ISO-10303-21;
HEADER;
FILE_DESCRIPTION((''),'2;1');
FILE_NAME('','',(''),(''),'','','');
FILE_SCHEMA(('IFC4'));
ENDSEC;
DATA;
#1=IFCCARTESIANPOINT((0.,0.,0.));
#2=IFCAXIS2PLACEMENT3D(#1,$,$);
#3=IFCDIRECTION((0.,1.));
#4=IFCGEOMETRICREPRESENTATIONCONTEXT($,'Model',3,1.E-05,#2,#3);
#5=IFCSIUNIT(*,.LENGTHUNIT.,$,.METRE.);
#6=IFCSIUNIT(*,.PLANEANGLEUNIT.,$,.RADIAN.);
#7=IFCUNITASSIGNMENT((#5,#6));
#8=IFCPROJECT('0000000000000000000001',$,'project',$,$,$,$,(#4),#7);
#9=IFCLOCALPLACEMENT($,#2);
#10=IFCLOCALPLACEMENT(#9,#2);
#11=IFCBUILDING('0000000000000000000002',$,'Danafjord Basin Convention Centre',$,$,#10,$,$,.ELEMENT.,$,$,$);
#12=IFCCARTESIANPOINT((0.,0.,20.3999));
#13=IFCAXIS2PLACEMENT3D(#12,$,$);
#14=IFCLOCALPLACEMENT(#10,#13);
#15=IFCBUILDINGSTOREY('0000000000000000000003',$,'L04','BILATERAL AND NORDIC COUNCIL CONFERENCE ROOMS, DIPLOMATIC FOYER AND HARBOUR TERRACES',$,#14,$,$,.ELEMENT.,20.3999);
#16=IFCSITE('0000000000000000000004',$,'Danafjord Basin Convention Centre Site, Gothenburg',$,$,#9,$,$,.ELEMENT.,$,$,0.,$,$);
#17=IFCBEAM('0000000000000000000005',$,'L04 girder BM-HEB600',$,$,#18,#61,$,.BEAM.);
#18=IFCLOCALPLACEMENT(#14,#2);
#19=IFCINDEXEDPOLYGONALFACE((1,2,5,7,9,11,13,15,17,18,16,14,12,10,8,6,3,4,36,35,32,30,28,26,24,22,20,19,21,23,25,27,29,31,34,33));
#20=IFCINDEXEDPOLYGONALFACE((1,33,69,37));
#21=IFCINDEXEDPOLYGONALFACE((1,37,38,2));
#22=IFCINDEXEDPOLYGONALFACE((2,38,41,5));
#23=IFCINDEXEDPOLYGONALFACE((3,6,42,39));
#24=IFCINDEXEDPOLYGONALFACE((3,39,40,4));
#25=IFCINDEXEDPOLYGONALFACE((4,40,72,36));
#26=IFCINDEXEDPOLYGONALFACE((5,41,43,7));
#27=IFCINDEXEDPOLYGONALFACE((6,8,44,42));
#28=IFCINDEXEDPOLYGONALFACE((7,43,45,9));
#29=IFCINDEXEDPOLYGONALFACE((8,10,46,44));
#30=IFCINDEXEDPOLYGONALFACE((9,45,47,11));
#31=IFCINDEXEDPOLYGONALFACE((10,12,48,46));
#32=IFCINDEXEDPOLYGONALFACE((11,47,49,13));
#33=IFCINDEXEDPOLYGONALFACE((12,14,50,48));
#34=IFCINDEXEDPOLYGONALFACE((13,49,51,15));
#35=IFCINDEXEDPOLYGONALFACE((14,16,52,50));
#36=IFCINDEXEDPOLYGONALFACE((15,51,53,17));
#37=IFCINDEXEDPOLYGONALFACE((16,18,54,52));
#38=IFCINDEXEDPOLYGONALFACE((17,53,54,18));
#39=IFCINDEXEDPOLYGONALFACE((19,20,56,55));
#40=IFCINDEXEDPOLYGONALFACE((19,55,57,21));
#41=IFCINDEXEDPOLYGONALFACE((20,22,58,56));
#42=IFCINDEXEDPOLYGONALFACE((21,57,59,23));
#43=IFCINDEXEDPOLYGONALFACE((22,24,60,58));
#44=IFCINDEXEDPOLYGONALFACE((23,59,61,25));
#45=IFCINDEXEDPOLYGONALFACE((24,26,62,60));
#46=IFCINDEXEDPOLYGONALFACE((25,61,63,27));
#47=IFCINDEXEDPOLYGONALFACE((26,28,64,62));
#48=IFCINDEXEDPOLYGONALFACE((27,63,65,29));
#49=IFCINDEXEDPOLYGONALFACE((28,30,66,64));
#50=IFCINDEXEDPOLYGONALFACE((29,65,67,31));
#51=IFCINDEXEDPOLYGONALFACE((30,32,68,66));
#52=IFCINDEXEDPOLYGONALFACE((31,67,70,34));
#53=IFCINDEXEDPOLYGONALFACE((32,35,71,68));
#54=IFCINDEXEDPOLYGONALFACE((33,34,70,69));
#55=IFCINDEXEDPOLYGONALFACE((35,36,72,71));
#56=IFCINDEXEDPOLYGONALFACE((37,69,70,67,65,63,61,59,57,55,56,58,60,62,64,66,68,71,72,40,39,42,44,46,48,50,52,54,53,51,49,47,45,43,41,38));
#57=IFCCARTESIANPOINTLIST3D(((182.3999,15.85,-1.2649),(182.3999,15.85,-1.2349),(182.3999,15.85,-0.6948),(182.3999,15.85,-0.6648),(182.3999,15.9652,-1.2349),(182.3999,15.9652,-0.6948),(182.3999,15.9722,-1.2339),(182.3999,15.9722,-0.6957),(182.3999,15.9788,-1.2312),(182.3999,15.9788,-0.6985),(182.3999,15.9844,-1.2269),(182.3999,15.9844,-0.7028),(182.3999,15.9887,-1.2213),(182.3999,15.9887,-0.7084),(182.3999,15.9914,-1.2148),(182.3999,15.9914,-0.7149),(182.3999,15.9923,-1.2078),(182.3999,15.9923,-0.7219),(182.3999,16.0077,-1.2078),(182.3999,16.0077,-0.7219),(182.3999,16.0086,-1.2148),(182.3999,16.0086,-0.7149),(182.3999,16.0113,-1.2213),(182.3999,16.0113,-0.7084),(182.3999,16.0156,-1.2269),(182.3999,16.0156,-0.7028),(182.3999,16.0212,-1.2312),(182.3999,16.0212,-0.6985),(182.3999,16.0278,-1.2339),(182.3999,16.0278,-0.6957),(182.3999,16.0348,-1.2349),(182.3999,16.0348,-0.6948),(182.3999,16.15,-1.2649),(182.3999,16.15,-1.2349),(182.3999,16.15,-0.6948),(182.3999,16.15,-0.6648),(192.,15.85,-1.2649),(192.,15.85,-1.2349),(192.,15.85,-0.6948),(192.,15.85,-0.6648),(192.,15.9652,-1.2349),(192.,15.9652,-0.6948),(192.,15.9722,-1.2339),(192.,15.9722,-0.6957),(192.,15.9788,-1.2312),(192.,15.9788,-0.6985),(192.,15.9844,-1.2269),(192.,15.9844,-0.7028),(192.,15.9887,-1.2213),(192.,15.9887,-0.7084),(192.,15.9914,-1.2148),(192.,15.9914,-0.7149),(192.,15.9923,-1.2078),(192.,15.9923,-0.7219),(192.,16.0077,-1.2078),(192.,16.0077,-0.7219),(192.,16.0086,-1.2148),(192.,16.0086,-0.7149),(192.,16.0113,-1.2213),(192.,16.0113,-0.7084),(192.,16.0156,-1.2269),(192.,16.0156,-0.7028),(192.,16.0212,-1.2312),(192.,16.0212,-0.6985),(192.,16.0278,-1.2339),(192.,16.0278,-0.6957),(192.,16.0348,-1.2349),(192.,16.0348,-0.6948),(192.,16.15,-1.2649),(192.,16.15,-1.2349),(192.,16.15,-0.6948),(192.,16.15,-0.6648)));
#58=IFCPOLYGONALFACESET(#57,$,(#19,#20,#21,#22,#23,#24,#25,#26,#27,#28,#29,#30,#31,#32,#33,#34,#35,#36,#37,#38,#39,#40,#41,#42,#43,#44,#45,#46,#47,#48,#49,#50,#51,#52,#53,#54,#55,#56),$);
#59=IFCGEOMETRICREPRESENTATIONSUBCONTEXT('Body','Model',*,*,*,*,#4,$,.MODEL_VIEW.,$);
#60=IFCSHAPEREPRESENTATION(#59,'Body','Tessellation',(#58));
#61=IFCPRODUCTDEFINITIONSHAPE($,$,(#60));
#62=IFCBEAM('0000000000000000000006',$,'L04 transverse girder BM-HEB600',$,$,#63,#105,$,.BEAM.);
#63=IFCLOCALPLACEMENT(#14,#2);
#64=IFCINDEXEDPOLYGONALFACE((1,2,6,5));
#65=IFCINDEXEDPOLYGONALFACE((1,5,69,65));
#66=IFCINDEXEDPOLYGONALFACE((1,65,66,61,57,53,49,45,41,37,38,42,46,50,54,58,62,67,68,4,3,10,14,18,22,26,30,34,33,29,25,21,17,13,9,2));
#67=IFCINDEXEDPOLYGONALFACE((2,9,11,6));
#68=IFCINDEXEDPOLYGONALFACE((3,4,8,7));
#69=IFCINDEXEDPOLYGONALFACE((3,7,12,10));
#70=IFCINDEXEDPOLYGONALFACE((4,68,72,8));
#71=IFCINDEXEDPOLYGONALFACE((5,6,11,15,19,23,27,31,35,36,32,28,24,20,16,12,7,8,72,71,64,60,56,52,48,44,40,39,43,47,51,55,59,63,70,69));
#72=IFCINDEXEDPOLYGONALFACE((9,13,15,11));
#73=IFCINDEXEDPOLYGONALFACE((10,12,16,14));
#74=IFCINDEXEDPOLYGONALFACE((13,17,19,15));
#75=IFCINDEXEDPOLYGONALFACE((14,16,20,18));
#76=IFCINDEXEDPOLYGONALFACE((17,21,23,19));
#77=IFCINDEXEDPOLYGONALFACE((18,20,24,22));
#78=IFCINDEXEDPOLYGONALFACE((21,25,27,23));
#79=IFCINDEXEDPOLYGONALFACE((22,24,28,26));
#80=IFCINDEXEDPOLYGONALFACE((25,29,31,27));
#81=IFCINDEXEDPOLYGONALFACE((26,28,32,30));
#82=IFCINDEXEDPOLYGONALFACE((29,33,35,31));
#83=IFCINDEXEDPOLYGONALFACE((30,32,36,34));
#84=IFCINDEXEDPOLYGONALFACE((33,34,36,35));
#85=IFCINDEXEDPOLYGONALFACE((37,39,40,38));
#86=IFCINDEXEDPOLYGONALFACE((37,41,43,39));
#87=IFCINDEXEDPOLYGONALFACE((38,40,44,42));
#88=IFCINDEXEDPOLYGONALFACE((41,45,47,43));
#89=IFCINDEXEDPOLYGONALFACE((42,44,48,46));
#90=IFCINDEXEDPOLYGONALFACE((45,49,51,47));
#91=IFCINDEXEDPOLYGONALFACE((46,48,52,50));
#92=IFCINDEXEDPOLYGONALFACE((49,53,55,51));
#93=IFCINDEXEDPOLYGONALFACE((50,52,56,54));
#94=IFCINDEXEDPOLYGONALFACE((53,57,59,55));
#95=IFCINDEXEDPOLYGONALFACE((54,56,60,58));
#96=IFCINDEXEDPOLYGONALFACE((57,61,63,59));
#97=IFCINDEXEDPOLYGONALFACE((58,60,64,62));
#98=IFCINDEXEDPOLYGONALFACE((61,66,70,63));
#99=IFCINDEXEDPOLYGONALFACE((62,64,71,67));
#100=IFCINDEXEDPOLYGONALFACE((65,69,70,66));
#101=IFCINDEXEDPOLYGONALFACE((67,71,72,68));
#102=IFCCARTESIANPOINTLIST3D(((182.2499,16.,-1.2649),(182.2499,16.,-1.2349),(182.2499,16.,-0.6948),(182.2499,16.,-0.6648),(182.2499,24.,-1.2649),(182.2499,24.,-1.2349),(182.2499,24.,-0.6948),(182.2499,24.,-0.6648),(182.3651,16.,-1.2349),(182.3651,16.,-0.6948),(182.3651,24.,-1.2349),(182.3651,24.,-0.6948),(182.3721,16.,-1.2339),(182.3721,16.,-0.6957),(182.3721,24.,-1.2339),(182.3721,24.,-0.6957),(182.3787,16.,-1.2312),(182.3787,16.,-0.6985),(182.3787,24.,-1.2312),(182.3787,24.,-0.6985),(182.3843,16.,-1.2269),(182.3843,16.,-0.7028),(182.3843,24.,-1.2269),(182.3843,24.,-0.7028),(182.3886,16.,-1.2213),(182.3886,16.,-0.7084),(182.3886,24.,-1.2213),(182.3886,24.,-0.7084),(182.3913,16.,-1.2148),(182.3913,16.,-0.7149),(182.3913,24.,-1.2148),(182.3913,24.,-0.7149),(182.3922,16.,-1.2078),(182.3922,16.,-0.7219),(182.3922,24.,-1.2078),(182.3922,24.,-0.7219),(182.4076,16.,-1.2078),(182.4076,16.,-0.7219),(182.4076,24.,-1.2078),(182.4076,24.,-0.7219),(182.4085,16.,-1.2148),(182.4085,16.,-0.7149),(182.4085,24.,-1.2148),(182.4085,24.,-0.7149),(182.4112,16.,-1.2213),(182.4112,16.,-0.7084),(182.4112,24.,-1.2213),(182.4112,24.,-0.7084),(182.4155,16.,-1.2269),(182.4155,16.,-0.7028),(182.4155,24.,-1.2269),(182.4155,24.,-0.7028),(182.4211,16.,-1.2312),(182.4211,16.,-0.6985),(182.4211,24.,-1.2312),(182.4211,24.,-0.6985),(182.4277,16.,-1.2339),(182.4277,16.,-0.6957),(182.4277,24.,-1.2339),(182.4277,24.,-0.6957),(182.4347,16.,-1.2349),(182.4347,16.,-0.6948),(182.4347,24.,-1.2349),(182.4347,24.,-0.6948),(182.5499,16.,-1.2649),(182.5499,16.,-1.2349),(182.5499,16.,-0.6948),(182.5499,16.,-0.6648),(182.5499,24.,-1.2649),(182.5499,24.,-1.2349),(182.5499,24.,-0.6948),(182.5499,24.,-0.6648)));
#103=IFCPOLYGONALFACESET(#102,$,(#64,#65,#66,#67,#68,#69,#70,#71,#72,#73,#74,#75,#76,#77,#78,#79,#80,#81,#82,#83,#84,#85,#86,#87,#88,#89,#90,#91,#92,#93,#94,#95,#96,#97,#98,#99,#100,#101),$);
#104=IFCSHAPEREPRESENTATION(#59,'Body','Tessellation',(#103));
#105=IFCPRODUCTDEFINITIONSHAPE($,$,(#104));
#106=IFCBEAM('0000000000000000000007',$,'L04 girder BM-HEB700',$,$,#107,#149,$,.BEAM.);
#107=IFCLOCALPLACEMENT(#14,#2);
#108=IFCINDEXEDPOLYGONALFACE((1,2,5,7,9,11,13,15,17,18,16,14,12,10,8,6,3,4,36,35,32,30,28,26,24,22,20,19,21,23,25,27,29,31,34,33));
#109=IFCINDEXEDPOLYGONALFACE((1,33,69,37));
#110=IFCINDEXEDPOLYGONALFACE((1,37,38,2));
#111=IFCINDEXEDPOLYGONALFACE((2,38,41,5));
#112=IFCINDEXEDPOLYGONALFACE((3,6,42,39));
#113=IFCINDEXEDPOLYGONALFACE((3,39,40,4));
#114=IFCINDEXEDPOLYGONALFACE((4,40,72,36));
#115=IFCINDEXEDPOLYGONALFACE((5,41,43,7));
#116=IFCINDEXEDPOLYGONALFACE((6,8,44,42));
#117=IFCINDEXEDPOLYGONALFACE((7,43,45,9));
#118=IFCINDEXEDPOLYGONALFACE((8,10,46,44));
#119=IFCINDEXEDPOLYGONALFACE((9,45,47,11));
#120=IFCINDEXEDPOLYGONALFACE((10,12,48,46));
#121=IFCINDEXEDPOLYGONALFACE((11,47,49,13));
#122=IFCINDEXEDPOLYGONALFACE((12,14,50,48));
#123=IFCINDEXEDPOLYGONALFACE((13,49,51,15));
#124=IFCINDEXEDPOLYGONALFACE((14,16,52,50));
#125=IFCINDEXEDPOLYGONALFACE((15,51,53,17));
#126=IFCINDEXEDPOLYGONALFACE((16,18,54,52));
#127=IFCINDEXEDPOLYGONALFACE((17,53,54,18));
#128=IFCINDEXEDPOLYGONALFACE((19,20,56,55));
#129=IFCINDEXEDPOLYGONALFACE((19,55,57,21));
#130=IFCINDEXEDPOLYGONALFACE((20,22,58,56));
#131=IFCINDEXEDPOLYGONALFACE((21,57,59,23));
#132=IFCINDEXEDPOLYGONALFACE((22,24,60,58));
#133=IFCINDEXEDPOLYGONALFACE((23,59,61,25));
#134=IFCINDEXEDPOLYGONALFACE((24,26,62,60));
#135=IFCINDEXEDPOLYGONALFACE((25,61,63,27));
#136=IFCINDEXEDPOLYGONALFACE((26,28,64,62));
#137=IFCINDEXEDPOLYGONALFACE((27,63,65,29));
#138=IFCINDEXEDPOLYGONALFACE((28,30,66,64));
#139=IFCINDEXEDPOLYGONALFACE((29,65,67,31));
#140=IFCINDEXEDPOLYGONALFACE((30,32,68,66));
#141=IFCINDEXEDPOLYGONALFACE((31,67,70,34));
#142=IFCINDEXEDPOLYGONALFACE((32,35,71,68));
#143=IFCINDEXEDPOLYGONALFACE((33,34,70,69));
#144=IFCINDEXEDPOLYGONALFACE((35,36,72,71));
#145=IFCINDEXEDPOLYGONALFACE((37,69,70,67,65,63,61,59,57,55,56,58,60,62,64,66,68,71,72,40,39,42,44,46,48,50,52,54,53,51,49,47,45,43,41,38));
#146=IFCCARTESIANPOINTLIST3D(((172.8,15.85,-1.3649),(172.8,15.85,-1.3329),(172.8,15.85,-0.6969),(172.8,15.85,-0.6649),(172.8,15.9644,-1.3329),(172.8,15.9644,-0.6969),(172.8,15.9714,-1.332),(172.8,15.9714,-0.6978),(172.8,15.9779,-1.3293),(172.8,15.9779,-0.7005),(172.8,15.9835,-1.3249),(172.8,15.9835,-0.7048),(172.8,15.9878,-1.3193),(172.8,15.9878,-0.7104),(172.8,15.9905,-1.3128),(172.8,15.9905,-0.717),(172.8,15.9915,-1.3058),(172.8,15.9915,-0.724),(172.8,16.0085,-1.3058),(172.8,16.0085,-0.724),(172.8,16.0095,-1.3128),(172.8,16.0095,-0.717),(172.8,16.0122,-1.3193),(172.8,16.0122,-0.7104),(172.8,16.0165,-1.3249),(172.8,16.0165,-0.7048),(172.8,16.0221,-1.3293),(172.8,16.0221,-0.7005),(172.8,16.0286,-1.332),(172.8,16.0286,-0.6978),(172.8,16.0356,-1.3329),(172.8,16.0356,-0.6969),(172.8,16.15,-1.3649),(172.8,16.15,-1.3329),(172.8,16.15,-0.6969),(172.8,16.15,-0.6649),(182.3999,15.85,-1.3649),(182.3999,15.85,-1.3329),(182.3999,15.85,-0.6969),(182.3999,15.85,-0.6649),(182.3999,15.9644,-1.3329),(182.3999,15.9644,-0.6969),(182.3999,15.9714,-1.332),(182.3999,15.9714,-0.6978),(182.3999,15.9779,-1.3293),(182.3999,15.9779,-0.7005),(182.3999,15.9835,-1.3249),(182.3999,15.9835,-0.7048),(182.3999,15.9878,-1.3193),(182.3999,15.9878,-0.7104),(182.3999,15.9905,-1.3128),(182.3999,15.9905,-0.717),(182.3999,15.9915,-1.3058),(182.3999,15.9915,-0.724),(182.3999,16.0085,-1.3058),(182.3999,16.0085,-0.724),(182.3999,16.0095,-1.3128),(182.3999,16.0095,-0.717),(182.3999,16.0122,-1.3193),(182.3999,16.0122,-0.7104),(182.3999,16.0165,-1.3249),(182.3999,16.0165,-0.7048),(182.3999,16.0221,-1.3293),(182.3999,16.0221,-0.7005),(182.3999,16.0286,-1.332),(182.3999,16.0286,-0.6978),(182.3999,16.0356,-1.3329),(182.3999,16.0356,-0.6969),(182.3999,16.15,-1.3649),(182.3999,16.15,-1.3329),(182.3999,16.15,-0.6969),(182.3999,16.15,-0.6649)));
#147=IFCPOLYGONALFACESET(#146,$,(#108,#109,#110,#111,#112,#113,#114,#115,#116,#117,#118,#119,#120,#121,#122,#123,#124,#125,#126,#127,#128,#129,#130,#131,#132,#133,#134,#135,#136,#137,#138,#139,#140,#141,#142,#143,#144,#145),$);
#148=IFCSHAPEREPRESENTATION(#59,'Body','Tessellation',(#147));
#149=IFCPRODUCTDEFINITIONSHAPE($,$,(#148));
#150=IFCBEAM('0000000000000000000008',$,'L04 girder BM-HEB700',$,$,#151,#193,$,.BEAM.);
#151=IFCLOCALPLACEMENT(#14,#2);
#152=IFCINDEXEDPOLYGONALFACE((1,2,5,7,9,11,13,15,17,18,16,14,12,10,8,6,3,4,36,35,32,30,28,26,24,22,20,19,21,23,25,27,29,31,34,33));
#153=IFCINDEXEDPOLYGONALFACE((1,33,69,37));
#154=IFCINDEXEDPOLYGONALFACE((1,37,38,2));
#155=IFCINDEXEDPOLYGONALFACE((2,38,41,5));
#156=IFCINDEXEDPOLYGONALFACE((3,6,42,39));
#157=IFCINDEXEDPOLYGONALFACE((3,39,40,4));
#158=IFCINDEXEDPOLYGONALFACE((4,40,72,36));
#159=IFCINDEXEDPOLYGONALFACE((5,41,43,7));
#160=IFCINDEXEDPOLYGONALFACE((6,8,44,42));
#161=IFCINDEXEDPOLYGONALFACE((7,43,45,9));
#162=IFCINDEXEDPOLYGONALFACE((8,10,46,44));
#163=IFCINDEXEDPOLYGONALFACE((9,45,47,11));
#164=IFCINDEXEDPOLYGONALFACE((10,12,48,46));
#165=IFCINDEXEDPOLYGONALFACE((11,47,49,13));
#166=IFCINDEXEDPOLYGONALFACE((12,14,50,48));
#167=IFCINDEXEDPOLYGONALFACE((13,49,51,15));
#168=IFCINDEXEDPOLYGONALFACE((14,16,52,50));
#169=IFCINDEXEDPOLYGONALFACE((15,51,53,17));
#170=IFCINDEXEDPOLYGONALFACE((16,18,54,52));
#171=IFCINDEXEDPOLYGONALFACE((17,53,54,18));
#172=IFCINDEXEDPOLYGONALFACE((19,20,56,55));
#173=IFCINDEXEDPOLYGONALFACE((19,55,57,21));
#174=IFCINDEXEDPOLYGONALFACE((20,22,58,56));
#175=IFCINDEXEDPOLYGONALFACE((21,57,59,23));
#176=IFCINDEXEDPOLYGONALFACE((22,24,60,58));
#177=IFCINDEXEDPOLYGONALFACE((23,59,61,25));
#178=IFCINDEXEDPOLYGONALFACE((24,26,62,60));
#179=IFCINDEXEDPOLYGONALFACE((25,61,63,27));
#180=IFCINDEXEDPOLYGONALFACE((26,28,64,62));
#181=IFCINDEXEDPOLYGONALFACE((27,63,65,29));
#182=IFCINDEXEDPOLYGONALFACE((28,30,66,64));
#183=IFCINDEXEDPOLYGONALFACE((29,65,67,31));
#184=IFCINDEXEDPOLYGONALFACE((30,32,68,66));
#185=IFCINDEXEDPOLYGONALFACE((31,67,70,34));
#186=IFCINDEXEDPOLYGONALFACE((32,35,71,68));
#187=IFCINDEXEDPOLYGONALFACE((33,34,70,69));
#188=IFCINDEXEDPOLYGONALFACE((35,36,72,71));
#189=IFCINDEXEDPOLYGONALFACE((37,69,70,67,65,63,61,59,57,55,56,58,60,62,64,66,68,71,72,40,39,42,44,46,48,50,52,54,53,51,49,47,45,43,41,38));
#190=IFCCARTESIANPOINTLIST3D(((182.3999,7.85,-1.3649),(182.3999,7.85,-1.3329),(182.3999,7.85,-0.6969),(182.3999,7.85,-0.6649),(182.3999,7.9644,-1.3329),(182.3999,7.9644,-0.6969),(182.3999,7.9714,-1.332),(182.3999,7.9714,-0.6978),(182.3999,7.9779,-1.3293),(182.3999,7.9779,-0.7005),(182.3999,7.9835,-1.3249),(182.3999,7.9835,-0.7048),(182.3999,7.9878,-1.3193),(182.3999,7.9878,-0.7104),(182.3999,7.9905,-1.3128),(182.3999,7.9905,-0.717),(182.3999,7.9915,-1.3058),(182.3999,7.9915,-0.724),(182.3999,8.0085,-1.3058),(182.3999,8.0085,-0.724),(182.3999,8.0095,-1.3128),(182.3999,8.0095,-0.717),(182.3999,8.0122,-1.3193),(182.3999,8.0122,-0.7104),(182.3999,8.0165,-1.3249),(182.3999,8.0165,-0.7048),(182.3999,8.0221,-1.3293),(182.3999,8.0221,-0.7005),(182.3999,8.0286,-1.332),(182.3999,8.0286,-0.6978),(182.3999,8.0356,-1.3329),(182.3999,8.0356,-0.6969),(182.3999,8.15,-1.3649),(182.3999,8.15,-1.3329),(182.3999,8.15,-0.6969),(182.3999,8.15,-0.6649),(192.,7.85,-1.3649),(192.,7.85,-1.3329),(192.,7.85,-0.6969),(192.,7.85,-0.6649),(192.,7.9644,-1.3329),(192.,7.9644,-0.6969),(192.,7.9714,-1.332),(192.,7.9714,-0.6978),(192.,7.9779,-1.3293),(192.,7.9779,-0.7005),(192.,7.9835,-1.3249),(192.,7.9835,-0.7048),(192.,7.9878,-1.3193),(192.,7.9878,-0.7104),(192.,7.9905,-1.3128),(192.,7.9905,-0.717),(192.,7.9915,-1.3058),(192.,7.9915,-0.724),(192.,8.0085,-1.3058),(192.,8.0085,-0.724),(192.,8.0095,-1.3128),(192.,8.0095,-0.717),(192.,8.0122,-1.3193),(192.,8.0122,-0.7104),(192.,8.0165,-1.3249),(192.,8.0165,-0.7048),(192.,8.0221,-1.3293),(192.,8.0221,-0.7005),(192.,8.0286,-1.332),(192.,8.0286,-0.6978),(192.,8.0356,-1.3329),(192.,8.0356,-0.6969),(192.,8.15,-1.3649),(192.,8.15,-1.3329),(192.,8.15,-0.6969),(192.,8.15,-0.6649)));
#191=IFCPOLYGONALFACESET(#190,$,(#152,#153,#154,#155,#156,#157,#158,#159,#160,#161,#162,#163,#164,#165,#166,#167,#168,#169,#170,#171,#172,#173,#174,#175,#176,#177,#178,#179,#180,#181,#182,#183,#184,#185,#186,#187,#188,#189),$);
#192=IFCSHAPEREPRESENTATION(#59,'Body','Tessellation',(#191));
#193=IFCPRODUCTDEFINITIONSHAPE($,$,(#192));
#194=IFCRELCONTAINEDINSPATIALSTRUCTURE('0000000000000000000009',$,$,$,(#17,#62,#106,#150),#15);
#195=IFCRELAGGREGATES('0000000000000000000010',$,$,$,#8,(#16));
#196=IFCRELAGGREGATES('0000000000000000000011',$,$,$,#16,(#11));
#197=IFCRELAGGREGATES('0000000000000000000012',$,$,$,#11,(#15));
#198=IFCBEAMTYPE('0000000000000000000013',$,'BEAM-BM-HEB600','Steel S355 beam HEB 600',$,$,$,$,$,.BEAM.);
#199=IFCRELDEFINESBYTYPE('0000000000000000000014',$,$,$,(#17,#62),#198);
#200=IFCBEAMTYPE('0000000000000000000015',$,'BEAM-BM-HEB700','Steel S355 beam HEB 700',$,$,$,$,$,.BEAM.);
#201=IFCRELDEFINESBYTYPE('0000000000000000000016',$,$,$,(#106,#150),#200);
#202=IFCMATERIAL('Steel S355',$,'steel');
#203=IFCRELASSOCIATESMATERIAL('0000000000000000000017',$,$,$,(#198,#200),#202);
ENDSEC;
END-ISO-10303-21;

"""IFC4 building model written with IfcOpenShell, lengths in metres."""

from ifc_helpers import new_model, si_unit, direction, frame, origin, origin_2d, place, context, subcontext, project, spatial, i_section, extrude, material, material_profile, profile_set, type_object, element, save


model = new_model("IFC4")

# Units and contexts
model_context = context("Model", 3, precision=1e-05, world=origin(), true_north=direction((0.0, 1.0)))
body_context = subcontext(model_context, "Body", "Model", "MODEL_VIEW")
ifc_project = project(units=[si_unit("LENGTHUNIT", "METRE"), si_unit("PLANEANGLEUNIT", "RADIAN")], contexts=[model_context])

# Site, building, storey
site_placement = place(None, origin())
site = spatial("IfcSite", under=ifc_project, at=site_placement, Name="Danafjord Basin Convention Centre Site, Gothenburg", CompositionType="ELEMENT", RefElevation=0.0)
building_placement = place(site_placement, origin())
building = spatial("IfcBuilding", under=site, at=building_placement, Name="Danafjord Basin Convention Centre", CompositionType="ELEMENT")
storey_placement = place(building_placement, frame((0.0, 0.0, 20.3999)))
storey = spatial("IfcBuildingStorey", under=building, at=storey_placement, Name="L04", Description="BILATERAL AND NORDIC COUNCIL CONFERENCE ROOMS, DIPLOMATIC FOYER AND HARBOUR TERRACES", CompositionType="ELEMENT", Elevation=20.3999)

# Beams
ifc_material_1 = material(Name="Steel S355", Category="steel")
ifc_material_profile_1 = material_profile(ifc_material_1, i_section(OverallWidth=0.3, OverallDepth=0.6001, WebThickness=0.0154, FlangeThickness=0.03, FilletRadius=0.0271, at=origin_2d()), Name="HEB 600")
ifc_profile_set_1 = profile_set([ifc_material_profile_1], Name="Steel S355")
beam_type_1 = type_object("IfcBeamType", Name="BEAM-BM-HEB600", Description="Steel S355 beam HEB 600", PredefinedType="BEAM", material=ifc_profile_set_1)
beam_1_placement = place(storey_placement, frame((182.3999, 16.0, -0.9648), z_axis=(1.0, 0.0, 0.0), x_axis=(0.0, 1.0, 0.0)))
element("IfcBeam", 1, at=beam_1_placement, inside=storey, type_object=beam_type_1, Name="L04 girder BM-HEB600", PredefinedType="BEAM", context=body_context, shape_type="SweptSolid", body=[
    extrude(i_section(OverallWidth=0.3, OverallDepth=0.6001, WebThickness=0.0154, FlangeThickness=0.03, FilletRadius=0.0271, at=origin_2d()), origin(), (0.0, 0.0, 1.0), 9.6001),
])
beam_2_placement = place(storey_placement, frame((182.3999, 16.0, -0.9648), z_axis=(0.0, 1.0, 0.0), x_axis=(-1.0, 0.0, 0.0)))
element("IfcBeam", 2, at=beam_2_placement, inside=storey, type_object=beam_type_1, Name="L04 transverse girder BM-HEB600", PredefinedType="BEAM", context=body_context, shape_type="SweptSolid", body=[
    extrude(i_section(OverallWidth=0.3, OverallDepth=0.6001, WebThickness=0.0154, FlangeThickness=0.03, FilletRadius=0.0271, at=origin_2d()), origin(), (0.0, 0.0, 1.0), 8.0),
])
ifc_material_profile_2 = material_profile(ifc_material_1, i_section(OverallWidth=0.3, OverallDepth=0.7, WebThickness=0.0171, FlangeThickness=0.032, FilletRadius=0.0271, at=origin_2d()), Name="HEB 700")
ifc_profile_set_2 = profile_set([ifc_material_profile_2], Name="Steel S355")
beam_type_2 = type_object("IfcBeamType", Name="BEAM-BM-HEB700", Description="Steel S355 beam HEB 700", PredefinedType="BEAM", material=ifc_profile_set_2)
beam_3_placement = place(storey_placement, frame((172.8, 16.0, -1.0149), z_axis=(1.0, 0.0, 0.0), x_axis=(0.0, 1.0, 0.0)))
element("IfcBeam", 3, at=beam_3_placement, inside=storey, type_object=beam_type_2, Name="L04 girder BM-HEB700", PredefinedType="BEAM", context=body_context, shape_type="SweptSolid", body=[
    extrude(i_section(OverallWidth=0.3, OverallDepth=0.7, WebThickness=0.0171, FlangeThickness=0.032, FilletRadius=0.0271, at=origin_2d()), origin(), (0.0, 0.0, 1.0), 9.5999),
])
beam_4_placement = place(storey_placement, frame((182.3999, 8.0, -1.0149), z_axis=(1.0, 0.0, 0.0), x_axis=(0.0, 1.0, 0.0)))
element("IfcBeam", 4, at=beam_4_placement, inside=storey, type_object=beam_type_2, Name="L04 girder BM-HEB700", PredefinedType="BEAM", context=body_context, shape_type="SweptSolid", body=[
    extrude(i_section(OverallWidth=0.3, OverallDepth=0.7, WebThickness=0.0171, FlangeThickness=0.032, FilletRadius=0.0271, at=origin_2d()), origin(), (0.0, 0.0, 1.0), 9.6001),
])

save(model, "model.ifc")
